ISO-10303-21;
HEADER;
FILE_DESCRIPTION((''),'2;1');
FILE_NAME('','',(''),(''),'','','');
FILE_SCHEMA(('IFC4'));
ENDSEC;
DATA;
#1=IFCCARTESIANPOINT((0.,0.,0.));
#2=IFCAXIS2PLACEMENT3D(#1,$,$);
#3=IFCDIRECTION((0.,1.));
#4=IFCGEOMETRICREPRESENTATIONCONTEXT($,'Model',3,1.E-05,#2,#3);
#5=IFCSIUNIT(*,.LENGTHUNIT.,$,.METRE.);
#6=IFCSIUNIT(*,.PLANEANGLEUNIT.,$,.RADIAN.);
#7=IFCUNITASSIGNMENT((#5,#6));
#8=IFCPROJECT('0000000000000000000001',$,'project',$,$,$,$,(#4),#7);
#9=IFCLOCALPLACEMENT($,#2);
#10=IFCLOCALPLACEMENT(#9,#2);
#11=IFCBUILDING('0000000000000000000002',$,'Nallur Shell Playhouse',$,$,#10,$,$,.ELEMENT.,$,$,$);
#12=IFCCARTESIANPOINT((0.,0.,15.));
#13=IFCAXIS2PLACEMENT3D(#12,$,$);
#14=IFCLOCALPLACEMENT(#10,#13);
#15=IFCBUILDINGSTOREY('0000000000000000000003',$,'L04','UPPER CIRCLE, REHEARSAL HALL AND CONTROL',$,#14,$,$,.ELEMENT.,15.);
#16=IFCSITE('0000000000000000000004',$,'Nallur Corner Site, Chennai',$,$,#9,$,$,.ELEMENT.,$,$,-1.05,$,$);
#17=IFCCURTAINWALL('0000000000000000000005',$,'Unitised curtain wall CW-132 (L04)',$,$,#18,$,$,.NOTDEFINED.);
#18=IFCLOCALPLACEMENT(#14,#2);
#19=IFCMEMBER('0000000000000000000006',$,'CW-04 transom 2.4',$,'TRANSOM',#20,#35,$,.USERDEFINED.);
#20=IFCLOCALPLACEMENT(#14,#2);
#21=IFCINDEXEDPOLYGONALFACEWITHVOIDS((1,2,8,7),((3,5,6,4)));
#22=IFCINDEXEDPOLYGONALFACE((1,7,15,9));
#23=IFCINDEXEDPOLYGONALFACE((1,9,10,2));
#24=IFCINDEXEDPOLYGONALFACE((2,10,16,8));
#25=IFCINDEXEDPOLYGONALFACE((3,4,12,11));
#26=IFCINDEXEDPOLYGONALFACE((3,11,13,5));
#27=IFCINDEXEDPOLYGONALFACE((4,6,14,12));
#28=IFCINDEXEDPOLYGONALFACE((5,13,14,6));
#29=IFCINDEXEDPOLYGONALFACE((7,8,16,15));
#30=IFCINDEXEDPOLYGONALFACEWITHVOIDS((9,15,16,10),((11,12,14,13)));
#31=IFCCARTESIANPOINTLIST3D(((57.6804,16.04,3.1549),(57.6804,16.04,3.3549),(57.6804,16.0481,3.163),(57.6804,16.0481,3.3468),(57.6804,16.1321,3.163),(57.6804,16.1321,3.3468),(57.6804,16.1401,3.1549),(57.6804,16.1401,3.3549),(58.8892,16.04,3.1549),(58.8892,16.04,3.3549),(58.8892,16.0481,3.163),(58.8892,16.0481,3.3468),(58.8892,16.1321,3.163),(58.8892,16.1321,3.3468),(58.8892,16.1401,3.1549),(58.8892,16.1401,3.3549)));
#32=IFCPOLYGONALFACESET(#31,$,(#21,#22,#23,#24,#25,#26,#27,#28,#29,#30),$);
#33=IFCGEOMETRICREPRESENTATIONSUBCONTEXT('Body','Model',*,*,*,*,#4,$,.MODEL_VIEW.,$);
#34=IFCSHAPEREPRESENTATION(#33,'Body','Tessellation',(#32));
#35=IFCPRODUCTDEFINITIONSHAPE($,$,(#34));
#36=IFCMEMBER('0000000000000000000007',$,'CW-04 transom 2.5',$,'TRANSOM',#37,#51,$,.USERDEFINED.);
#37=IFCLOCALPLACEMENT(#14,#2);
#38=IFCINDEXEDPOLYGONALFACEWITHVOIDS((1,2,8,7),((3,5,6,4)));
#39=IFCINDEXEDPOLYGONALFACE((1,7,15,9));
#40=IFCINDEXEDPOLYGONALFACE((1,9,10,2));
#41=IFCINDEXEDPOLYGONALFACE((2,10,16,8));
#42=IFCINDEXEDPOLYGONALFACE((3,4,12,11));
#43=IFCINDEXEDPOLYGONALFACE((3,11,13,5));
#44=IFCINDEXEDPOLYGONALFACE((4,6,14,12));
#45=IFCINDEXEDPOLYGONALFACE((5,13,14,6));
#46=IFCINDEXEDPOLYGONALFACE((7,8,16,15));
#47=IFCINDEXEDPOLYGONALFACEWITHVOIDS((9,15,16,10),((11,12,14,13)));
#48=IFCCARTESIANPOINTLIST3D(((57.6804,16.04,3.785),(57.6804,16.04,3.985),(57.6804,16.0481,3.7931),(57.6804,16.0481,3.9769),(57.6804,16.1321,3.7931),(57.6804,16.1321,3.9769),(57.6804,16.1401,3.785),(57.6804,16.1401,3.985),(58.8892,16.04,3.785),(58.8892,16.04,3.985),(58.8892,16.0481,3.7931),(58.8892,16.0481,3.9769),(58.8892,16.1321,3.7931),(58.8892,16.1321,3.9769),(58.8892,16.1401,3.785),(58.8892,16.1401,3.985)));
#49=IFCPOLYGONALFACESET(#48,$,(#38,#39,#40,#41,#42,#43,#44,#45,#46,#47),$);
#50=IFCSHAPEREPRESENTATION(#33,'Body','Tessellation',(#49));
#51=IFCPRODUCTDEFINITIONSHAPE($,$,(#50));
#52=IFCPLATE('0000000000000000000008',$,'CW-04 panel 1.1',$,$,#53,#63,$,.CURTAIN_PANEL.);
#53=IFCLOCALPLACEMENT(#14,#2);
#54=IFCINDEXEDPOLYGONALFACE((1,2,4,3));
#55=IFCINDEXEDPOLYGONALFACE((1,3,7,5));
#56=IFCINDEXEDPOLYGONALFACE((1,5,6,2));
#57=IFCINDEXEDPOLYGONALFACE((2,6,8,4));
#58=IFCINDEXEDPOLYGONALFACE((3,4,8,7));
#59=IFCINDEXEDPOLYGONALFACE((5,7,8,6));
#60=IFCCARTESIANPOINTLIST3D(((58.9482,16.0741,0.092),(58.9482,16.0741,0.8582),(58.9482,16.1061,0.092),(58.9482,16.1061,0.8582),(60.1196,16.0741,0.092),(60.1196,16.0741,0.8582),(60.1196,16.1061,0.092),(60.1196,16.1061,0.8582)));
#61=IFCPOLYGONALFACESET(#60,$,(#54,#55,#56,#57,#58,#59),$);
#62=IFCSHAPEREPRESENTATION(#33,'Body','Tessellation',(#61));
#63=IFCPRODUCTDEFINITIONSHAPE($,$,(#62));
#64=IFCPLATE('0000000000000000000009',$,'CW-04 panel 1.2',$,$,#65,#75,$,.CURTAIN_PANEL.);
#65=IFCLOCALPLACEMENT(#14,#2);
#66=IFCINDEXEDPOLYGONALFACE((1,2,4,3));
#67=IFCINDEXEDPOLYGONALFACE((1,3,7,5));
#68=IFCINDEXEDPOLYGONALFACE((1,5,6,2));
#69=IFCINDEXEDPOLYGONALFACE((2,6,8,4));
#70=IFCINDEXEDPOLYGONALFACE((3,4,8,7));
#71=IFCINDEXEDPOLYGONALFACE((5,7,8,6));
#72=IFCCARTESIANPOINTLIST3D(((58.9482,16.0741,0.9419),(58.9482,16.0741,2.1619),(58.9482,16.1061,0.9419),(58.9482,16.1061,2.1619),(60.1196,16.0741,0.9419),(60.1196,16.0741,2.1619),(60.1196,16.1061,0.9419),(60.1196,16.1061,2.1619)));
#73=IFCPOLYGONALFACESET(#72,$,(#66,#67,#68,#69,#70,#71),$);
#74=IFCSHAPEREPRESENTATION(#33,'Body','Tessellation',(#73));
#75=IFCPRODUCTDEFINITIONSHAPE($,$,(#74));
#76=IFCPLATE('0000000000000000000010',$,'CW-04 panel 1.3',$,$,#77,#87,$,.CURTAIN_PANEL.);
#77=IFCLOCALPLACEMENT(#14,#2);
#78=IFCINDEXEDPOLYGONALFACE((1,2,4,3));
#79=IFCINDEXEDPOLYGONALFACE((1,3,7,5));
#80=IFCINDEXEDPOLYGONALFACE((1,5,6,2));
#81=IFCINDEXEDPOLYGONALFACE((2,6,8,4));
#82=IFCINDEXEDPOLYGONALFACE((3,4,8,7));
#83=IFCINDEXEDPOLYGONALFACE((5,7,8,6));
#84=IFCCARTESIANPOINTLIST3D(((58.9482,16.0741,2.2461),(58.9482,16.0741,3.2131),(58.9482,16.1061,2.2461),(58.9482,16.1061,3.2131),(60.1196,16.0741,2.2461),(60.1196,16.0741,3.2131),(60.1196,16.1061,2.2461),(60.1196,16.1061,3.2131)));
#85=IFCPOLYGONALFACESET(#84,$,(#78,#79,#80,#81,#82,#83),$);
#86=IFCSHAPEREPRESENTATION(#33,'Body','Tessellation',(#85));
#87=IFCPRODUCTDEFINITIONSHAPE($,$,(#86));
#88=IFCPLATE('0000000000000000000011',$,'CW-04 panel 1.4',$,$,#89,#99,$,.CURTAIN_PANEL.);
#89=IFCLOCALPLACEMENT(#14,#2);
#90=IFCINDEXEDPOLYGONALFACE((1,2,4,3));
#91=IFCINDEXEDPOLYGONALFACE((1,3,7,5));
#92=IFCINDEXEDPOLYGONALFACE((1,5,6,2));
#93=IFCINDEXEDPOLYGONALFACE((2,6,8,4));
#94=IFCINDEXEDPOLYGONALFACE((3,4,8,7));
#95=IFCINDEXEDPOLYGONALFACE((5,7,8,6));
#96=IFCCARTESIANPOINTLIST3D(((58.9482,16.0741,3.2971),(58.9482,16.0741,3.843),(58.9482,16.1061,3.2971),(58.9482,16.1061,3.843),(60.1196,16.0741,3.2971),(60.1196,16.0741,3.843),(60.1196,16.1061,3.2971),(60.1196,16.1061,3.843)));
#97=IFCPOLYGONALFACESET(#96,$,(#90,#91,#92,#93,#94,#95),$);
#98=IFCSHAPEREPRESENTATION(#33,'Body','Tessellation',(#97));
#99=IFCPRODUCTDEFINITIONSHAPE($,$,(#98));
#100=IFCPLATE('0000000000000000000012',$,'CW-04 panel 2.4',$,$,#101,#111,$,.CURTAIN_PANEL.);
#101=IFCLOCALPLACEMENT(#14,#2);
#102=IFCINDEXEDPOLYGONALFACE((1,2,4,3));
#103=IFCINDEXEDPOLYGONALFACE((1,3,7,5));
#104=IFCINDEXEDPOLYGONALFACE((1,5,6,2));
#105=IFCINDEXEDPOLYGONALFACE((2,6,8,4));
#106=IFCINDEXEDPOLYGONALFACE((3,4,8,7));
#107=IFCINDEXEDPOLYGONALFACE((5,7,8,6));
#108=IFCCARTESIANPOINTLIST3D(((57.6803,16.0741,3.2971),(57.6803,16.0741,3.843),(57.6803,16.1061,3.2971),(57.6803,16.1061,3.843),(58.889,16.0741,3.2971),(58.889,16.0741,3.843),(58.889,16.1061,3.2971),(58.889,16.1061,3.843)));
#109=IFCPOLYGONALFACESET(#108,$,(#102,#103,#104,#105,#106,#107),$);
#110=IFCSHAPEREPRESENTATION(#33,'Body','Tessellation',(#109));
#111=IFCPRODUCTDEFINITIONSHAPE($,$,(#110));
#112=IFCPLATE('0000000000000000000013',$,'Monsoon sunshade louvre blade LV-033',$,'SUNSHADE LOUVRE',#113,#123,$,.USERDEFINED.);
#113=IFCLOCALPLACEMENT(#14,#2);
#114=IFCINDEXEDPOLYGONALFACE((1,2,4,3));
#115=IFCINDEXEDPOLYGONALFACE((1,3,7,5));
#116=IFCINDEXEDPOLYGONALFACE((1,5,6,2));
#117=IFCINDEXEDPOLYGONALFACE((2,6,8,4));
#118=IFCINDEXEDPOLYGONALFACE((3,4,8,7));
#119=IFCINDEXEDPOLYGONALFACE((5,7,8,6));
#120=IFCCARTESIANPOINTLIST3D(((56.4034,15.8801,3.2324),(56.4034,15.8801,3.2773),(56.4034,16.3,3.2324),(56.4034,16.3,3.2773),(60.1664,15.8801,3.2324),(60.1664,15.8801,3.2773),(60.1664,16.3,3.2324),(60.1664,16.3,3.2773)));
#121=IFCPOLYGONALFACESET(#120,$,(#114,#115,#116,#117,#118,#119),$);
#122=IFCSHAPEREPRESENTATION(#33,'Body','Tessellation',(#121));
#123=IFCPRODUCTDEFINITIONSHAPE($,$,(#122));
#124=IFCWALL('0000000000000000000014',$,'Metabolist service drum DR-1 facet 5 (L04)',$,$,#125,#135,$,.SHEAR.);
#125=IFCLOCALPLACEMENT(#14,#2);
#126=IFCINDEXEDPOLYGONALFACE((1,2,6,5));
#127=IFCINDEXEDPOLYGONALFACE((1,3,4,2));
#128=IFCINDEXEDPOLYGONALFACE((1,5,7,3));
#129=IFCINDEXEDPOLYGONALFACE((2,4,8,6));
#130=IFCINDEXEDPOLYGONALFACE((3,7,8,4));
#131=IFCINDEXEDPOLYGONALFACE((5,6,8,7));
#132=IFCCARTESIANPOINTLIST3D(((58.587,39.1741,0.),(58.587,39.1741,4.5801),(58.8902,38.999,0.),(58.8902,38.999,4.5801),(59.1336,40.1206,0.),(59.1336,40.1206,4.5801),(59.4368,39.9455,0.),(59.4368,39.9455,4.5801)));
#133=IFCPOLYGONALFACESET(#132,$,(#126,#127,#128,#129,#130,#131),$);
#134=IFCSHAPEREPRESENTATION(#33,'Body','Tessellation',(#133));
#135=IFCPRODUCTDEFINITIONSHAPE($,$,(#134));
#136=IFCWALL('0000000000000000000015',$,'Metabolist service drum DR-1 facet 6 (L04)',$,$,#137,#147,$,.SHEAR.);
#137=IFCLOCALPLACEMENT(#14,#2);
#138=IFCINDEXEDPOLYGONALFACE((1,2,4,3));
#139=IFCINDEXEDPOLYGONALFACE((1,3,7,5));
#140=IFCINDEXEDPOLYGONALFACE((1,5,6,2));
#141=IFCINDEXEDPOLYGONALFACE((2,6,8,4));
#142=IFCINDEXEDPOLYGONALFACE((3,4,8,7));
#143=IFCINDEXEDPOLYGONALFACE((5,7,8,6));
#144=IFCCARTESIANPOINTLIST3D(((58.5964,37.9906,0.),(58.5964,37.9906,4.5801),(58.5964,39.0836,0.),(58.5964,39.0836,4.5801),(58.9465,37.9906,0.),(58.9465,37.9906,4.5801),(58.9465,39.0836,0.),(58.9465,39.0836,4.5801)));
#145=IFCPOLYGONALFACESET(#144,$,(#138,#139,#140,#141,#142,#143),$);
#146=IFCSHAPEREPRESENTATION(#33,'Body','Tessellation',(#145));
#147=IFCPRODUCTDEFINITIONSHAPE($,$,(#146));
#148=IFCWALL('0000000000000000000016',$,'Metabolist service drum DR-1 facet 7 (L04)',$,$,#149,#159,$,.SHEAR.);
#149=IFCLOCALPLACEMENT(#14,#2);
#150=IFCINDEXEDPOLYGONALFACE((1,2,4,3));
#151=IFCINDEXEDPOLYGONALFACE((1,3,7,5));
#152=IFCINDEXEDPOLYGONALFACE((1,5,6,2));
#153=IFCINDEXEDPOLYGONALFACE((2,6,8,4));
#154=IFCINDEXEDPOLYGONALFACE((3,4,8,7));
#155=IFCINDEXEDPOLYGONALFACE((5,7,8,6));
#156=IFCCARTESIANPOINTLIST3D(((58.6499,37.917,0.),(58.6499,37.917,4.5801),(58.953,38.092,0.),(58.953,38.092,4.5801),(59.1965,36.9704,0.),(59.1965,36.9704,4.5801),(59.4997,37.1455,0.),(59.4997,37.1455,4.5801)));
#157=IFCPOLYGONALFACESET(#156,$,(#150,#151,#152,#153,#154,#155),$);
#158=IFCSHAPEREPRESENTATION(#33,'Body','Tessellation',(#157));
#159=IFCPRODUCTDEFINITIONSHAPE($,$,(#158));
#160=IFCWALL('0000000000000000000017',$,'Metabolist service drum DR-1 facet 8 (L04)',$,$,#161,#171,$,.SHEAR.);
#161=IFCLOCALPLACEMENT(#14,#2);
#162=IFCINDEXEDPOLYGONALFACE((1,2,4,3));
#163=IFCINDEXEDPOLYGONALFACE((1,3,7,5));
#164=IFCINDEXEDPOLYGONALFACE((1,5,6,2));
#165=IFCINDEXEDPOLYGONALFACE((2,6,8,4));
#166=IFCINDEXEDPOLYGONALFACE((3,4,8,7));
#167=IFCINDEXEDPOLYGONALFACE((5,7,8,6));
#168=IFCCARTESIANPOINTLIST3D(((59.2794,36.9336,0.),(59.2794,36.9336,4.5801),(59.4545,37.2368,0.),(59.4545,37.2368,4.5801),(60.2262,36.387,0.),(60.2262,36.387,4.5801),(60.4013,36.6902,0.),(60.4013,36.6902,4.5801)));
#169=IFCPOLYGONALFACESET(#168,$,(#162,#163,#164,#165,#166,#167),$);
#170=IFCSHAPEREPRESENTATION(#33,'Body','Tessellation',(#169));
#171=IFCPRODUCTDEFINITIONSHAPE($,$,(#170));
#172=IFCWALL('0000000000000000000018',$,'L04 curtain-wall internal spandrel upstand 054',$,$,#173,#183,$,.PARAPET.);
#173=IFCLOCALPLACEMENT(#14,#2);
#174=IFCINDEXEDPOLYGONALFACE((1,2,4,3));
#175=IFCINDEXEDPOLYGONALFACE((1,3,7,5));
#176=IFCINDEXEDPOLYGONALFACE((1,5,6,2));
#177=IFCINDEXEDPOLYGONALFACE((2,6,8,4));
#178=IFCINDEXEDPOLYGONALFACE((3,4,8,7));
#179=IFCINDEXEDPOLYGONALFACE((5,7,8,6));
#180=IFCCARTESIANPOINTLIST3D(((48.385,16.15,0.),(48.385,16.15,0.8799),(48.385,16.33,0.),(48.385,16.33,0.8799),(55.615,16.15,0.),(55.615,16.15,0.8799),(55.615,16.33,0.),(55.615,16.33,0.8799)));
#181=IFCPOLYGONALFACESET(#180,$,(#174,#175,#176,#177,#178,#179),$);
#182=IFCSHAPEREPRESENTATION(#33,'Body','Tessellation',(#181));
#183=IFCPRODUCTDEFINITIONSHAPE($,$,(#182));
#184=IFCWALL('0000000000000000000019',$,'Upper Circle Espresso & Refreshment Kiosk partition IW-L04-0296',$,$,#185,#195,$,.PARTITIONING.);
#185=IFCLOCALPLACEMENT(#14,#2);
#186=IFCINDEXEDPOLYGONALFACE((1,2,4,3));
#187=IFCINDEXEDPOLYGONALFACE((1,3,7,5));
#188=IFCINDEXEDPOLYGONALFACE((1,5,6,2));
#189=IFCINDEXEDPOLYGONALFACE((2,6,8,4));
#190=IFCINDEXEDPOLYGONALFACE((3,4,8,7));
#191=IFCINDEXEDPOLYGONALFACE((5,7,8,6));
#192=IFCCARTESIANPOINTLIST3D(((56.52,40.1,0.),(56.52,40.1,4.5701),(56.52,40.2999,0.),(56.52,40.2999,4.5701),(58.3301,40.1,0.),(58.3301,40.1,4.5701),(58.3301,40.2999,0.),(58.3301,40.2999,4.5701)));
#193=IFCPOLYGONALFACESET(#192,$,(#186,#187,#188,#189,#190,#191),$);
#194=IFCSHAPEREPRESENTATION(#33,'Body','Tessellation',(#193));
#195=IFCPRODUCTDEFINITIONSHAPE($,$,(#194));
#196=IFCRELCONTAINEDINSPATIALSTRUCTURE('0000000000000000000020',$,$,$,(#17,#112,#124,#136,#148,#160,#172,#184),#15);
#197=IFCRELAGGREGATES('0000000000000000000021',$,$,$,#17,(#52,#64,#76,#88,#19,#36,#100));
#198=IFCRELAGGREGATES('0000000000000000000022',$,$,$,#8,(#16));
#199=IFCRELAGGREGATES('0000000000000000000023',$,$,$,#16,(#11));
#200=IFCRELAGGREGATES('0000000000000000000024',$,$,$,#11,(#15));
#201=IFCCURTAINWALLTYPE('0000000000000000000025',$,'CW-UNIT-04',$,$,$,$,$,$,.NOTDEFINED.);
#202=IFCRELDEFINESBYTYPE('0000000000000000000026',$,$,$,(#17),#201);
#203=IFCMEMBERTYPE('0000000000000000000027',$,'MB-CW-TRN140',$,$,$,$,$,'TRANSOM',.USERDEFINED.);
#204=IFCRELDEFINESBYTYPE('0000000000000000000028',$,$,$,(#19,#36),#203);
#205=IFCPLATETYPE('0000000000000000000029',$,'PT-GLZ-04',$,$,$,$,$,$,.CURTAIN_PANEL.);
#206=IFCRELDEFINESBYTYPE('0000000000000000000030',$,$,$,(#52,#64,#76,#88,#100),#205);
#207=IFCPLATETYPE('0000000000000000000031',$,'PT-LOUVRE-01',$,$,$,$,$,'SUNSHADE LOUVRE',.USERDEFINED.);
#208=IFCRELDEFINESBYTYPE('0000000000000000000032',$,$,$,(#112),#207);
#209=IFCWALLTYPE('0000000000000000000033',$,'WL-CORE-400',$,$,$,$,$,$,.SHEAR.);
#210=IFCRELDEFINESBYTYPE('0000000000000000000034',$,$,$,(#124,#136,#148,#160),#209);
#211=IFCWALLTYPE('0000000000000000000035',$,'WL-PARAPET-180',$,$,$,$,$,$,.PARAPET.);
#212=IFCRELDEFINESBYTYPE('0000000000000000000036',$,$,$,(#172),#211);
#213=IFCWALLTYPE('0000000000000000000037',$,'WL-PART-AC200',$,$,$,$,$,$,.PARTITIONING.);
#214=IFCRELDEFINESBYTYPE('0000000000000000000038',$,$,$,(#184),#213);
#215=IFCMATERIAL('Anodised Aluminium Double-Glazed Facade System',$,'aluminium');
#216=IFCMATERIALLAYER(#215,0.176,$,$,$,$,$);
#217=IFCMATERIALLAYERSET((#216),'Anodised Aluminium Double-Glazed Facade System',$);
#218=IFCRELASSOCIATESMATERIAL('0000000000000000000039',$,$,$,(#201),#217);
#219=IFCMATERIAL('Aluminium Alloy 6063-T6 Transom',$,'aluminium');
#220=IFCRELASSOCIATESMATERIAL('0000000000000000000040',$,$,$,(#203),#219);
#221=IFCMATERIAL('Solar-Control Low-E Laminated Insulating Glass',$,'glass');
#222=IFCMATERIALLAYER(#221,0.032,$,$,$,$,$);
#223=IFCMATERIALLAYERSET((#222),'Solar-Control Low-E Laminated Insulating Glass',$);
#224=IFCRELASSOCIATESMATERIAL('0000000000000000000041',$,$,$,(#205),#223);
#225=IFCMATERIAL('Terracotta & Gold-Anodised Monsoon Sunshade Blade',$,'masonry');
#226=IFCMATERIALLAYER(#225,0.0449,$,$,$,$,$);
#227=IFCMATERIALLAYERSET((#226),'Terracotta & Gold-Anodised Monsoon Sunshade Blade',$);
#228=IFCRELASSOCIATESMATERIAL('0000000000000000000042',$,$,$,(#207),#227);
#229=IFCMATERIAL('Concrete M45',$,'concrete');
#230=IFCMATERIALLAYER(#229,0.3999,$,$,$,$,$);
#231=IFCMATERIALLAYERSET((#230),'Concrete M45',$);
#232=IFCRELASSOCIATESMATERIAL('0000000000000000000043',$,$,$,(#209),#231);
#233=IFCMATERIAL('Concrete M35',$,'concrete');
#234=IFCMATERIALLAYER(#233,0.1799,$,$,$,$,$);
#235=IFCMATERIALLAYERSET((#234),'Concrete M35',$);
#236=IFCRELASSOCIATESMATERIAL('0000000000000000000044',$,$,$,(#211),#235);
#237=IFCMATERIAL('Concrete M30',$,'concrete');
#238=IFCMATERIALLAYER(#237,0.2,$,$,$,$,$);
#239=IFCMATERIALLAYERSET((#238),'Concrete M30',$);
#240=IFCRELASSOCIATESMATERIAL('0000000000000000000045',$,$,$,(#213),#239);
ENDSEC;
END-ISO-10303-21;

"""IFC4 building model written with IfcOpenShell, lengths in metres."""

from ifc_helpers import new_model, si_unit, direction, frame, frame_2d, origin, origin_2d, place, context, subcontext, project, spatial, rectangle, hollow_rectangle, extrude, material, layer, layer_set, material_profile, profile_set, type_object, element, aggregate, save


model = new_model("IFC4")

# Units and contexts
model_context = context("Model", 3, precision=1e-05, world=origin(), true_north=direction((0.0, 1.0)))
body_context = subcontext(model_context, "Body", "Model", "MODEL_VIEW")
ifc_project = project(units=[si_unit("LENGTHUNIT", "METRE"), si_unit("PLANEANGLEUNIT", "RADIAN")], contexts=[model_context])

# Site, building, storey
site_placement = place(None, origin())
site = spatial("IfcSite", under=ifc_project, at=site_placement, Name="Nallur Corner Site, Chennai", CompositionType="ELEMENT", RefElevation=-1.05)
building_placement = place(site_placement, origin())
building = spatial("IfcBuilding", under=site, at=building_placement, Name="Nallur Shell Playhouse", CompositionType="ELEMENT")
storey_placement = place(building_placement, frame((0.0, 0.0, 15.0)))
storey = spatial("IfcBuildingStorey", under=building, at=storey_placement, Name="L04", Description="UPPER CIRCLE, REHEARSAL HALL AND CONTROL", CompositionType="ELEMENT", Elevation=15.0)

# Curtain wall, members, plates
ifc_material_1 = material(Name="Anodised Aluminium Double-Glazed Facade System", Category="aluminium")
ifc_layer_1 = layer(ifc_material_1, 0.176)
ifc_layer_set_1 = layer_set([ifc_layer_1], Name="Anodised Aluminium Double-Glazed Facade System")
curtain_wall_type = type_object("IfcCurtainWallType", Name="CW-UNIT-04", PredefinedType="NOTDEFINED", material=ifc_layer_set_1)
curtain_wall_placement = place(storey_placement, origin())
curtain_wall = element("IfcCurtainWall", 1, at=curtain_wall_placement, inside=storey, type_object=curtain_wall_type, Name="Unitised curtain wall CW-132 (L04)", PredefinedType="NOTDEFINED")
ifc_material_2 = material(Name="Aluminium Alloy 6063-T6 Transom", Category="aluminium")
ifc_material_profile_1 = material_profile(ifc_material_2, hollow_rectangle(XDim=0.1001, YDim=0.2, WallThickness=0.0081, at=origin_2d()), Name="RHS 200x100x8")
ifc_profile_set_1 = profile_set([ifc_material_profile_1], Name="Aluminium Alloy 6063-T6 Transom")
member_type_1 = type_object("IfcMemberType", Name="MB-CW-TRN140", ElementType="TRANSOM", PredefinedType="USERDEFINED", material=ifc_profile_set_1)
member_1_placement = place(storey_placement, frame((58.8892, 16.0901, 3.2549), z_axis=(-1.0, 0.0, 0.0), x_axis=(0.0, -1.0, 0.0)))
member_1 = element("IfcMember", 2, at=member_1_placement, type_object=member_type_1, Name="CW-04 transom 2.4", ObjectType="TRANSOM", PredefinedType="USERDEFINED", context=body_context, shape_type="SweptSolid", body=[
    extrude(hollow_rectangle(XDim=0.1001, YDim=0.2, WallThickness=0.0081, at=origin_2d()), origin(), (0.0, 0.0, 1.0), 1.2087),
])
member_2_placement = place(storey_placement, frame((58.8892, 16.0901, 3.885), z_axis=(-1.0, 0.0, 0.0), x_axis=(0.0, -1.0, 0.0)))
member_2 = element("IfcMember", 3, at=member_2_placement, type_object=member_type_1, Name="CW-04 transom 2.5", ObjectType="TRANSOM", PredefinedType="USERDEFINED", context=body_context, shape_type="SweptSolid", body=[
    extrude(hollow_rectangle(XDim=0.1001, YDim=0.2, WallThickness=0.0081, at=origin_2d()), origin(), (0.0, 0.0, 1.0), 1.2087),
])
ifc_material_3 = material(Name="Solar-Control Low-E Laminated Insulating Glass", Category="glass")
ifc_layer_2 = layer(ifc_material_3, 0.032)
ifc_layer_set_2 = layer_set([ifc_layer_2], Name="Solar-Control Low-E Laminated Insulating Glass")
plate_type_1 = type_object("IfcPlateType", Name="PT-GLZ-04", PredefinedType="CURTAIN_PANEL", material=ifc_layer_set_2)
plate_1_placement = place(storey_placement, frame((59.5339, 16.0901, 0.092), z_axis=(0.0, 0.0, 1.0), x_axis=(-1.0, 0.0, 0.0)))
plate_1 = element("IfcPlate", 4, at=plate_1_placement, type_object=plate_type_1, Name="CW-04 panel 1.1", PredefinedType="CURTAIN_PANEL", context=body_context, shape_type="SweptSolid", body=[
    extrude(rectangle(XDim=1.1714, YDim=0.032, at=origin_2d()), origin(), (0.0, 0.0, 1.0), 0.7661),
])
plate_2_placement = place(storey_placement, frame((59.5339, 16.0901, 0.9419), z_axis=(0.0, 0.0, 1.0), x_axis=(-1.0, 0.0, 0.0)))
plate_2 = element("IfcPlate", 5, at=plate_2_placement, type_object=plate_type_1, Name="CW-04 panel 1.2", PredefinedType="CURTAIN_PANEL", context=body_context, shape_type="SweptSolid", body=[
    extrude(rectangle(XDim=1.1714, YDim=0.032, at=origin_2d()), origin(), (0.0, 0.0, 1.0), 1.22),
])
plate_3_placement = place(storey_placement, frame((59.5339, 16.0901, 2.2461), z_axis=(0.0, 0.0, 1.0), x_axis=(-1.0, 0.0, 0.0)))
plate_3 = element("IfcPlate", 6, at=plate_3_placement, type_object=plate_type_1, Name="CW-04 panel 1.3", PredefinedType="CURTAIN_PANEL", context=body_context, shape_type="SweptSolid", body=[
    extrude(rectangle(XDim=1.1714, YDim=0.032, at=origin_2d()), origin(), (0.0, 0.0, 1.0), 0.967),
])
plate_4_placement = place(storey_placement, frame((59.5339, 16.0901, 3.2971), z_axis=(0.0, 0.0, 1.0), x_axis=(-1.0, 0.0, 0.0)))
plate_4 = element("IfcPlate", 7, at=plate_4_placement, type_object=plate_type_1, Name="CW-04 panel 1.4", PredefinedType="CURTAIN_PANEL", context=body_context, shape_type="SweptSolid", body=[
    extrude(rectangle(XDim=1.1714, YDim=0.032, at=origin_2d()), origin(), (0.0, 0.0, 1.0), 0.5459),
])
plate_5_placement = place(storey_placement, frame((58.2847, 16.0901, 3.2971), z_axis=(0.0, 0.0, 1.0), x_axis=(-1.0, 0.0, 0.0)))
plate_5 = element("IfcPlate", 8, at=plate_5_placement, type_object=plate_type_1, Name="CW-04 panel 2.4", PredefinedType="CURTAIN_PANEL", context=body_context, shape_type="SweptSolid", body=[
    extrude(rectangle(XDim=1.2087, YDim=0.032, at=origin_2d()), origin(), (0.0, 0.0, 1.0), 0.5459),
])
aggregate(curtain_wall, [plate_1, plate_2, plate_3, plate_4, member_1, member_2, plate_5])

# Plate
ifc_material_4 = material(Name="Terracotta & Gold-Anodised Monsoon Sunshade Blade", Category="masonry")
ifc_layer_3 = layer(ifc_material_4, 0.0449)
ifc_layer_set_3 = layer_set([ifc_layer_3], Name="Terracotta & Gold-Anodised Monsoon Sunshade Blade")
plate_type_2 = type_object("IfcPlateType", Name="PT-LOUVRE-01", ElementType="SUNSHADE LOUVRE", PredefinedType="USERDEFINED", material=ifc_layer_set_3)
plate_6_placement = place(storey_placement, frame((58.2849, 16.0901, 3.2324), z_axis=(0.0, 0.0, 1.0), x_axis=(-1.0, 0.0, 0.0)))
element("IfcPlate", 9, at=plate_6_placement, inside=storey, type_object=plate_type_2, Name="Monsoon sunshade louvre blade LV-033", ObjectType="SUNSHADE LOUVRE", PredefinedType="USERDEFINED", context=body_context, shape_type="SweptSolid", body=[
    extrude(rectangle(XDim=3.7629, YDim=0.4199, at=origin_2d()), origin(), (0.0, 0.0, 1.0), 0.0449),
])

# Walls
ifc_material_5 = material(Name="Concrete M45", Category="concrete")
ifc_layer_4 = layer(ifc_material_5, 0.3999)
ifc_layer_set_4 = layer_set([ifc_layer_4], Name="Concrete M45")
wall_type_1 = type_object("IfcWallType", Name="WL-CORE-400", PredefinedType="SHEAR", material=ifc_layer_set_4)
for number, where, z_axis, x_axis, name in (
    (10, (59.2852, 40.033, 0.0), (0.0, 0.0, 1.0), (-0.500103, -0.865966, 0.0), "Metabolist service drum DR-1 facet 5 (L04)"),
    (11, (58.7715, 39.0835, 0.0), (0.0, 0.0, 1.0), (0.0, -1.0, 0.0), "Metabolist service drum DR-1 facet 6 (L04)"),
    (12, (58.8015, 38.0044, 0.0), (0.0, 0.0, 1.0), (0.500103, -0.865966, 0.0), "Metabolist service drum DR-1 facet 7 (L04)"),
):
    element("IfcWall", number, at=place(storey_placement, frame(where, z_axis=z_axis, x_axis=x_axis)), inside=storey, type_object=wall_type_1, Name=name, PredefinedType="SHEAR", context=body_context, shape_type="SweptSolid", body=[
        extrude(rectangle(XDim=1.093, YDim=0.3501, at=frame_2d((0.5464, 0.0))), origin(), (0.0, 0.0, 1.0), 4.5801),
    ])
wall_1_placement = place(storey_placement, frame((59.3669, 37.0852, 0.0), z_axis=(0.0, 0.0, 1.0), x_axis=(0.866022, -0.500006, 0.0)))
element("IfcWall", 13, at=wall_1_placement, inside=storey, type_object=wall_type_1, Name="Metabolist service drum DR-1 facet 8 (L04)", PredefinedType="SHEAR", context=body_context, shape_type="SweptSolid", body=[
    extrude(rectangle(XDim=1.0933, YDim=0.3501, at=frame_2d((0.5466, 0.0))), origin(), (0.0, 0.0, 1.0), 4.5801),
])
ifc_material_6 = material(Name="Concrete M35", Category="concrete")
ifc_layer_5 = layer(ifc_material_6, 0.1799)
ifc_layer_set_5 = layer_set([ifc_layer_5], Name="Concrete M35")
wall_type_2 = type_object("IfcWallType", Name="WL-PARAPET-180", PredefinedType="PARAPET", material=ifc_layer_set_5)
wall_2_placement = place(storey_placement, frame((55.615, 16.24, 0.0), z_axis=(0.0, 0.0, 1.0), x_axis=(-1.0, 0.0, 0.0)))
element("IfcWall", 14, at=wall_2_placement, inside=storey, type_object=wall_type_2, Name="L04 curtain-wall internal spandrel upstand 054", PredefinedType="PARAPET", context=body_context, shape_type="SweptSolid", body=[
    extrude(rectangle(XDim=7.23, YDim=0.1799, at=frame_2d((3.615, 0.0))), origin(), (0.0, 0.0, 1.0), 0.8799),
])
ifc_material_7 = material(Name="Concrete M30", Category="concrete")
ifc_layer_6 = layer(ifc_material_7, 0.2)
ifc_layer_set_6 = layer_set([ifc_layer_6], Name="Concrete M30")
wall_type_3 = type_object("IfcWallType", Name="WL-PART-AC200", PredefinedType="PARTITIONING", material=ifc_layer_set_6)
wall_3_placement = place(storey_placement, frame((56.52, 40.2, 0.0), z_axis=(0.0, 0.0, 1.0), x_axis=(1.0, 0.0, 0.0)))
element("IfcWall", 15, at=wall_3_placement, inside=storey, type_object=wall_type_3, Name="Upper Circle Espresso & Refreshment Kiosk partition IW-L04-0296", PredefinedType="PARTITIONING", context=body_context, shape_type="SweptSolid", body=[
    extrude(rectangle(XDim=1.8101, YDim=0.2, at=frame_2d((0.905, 0.0))), origin(), (0.0, 0.0, 1.0), 4.5701),
])

save(model, "model.ifc")
